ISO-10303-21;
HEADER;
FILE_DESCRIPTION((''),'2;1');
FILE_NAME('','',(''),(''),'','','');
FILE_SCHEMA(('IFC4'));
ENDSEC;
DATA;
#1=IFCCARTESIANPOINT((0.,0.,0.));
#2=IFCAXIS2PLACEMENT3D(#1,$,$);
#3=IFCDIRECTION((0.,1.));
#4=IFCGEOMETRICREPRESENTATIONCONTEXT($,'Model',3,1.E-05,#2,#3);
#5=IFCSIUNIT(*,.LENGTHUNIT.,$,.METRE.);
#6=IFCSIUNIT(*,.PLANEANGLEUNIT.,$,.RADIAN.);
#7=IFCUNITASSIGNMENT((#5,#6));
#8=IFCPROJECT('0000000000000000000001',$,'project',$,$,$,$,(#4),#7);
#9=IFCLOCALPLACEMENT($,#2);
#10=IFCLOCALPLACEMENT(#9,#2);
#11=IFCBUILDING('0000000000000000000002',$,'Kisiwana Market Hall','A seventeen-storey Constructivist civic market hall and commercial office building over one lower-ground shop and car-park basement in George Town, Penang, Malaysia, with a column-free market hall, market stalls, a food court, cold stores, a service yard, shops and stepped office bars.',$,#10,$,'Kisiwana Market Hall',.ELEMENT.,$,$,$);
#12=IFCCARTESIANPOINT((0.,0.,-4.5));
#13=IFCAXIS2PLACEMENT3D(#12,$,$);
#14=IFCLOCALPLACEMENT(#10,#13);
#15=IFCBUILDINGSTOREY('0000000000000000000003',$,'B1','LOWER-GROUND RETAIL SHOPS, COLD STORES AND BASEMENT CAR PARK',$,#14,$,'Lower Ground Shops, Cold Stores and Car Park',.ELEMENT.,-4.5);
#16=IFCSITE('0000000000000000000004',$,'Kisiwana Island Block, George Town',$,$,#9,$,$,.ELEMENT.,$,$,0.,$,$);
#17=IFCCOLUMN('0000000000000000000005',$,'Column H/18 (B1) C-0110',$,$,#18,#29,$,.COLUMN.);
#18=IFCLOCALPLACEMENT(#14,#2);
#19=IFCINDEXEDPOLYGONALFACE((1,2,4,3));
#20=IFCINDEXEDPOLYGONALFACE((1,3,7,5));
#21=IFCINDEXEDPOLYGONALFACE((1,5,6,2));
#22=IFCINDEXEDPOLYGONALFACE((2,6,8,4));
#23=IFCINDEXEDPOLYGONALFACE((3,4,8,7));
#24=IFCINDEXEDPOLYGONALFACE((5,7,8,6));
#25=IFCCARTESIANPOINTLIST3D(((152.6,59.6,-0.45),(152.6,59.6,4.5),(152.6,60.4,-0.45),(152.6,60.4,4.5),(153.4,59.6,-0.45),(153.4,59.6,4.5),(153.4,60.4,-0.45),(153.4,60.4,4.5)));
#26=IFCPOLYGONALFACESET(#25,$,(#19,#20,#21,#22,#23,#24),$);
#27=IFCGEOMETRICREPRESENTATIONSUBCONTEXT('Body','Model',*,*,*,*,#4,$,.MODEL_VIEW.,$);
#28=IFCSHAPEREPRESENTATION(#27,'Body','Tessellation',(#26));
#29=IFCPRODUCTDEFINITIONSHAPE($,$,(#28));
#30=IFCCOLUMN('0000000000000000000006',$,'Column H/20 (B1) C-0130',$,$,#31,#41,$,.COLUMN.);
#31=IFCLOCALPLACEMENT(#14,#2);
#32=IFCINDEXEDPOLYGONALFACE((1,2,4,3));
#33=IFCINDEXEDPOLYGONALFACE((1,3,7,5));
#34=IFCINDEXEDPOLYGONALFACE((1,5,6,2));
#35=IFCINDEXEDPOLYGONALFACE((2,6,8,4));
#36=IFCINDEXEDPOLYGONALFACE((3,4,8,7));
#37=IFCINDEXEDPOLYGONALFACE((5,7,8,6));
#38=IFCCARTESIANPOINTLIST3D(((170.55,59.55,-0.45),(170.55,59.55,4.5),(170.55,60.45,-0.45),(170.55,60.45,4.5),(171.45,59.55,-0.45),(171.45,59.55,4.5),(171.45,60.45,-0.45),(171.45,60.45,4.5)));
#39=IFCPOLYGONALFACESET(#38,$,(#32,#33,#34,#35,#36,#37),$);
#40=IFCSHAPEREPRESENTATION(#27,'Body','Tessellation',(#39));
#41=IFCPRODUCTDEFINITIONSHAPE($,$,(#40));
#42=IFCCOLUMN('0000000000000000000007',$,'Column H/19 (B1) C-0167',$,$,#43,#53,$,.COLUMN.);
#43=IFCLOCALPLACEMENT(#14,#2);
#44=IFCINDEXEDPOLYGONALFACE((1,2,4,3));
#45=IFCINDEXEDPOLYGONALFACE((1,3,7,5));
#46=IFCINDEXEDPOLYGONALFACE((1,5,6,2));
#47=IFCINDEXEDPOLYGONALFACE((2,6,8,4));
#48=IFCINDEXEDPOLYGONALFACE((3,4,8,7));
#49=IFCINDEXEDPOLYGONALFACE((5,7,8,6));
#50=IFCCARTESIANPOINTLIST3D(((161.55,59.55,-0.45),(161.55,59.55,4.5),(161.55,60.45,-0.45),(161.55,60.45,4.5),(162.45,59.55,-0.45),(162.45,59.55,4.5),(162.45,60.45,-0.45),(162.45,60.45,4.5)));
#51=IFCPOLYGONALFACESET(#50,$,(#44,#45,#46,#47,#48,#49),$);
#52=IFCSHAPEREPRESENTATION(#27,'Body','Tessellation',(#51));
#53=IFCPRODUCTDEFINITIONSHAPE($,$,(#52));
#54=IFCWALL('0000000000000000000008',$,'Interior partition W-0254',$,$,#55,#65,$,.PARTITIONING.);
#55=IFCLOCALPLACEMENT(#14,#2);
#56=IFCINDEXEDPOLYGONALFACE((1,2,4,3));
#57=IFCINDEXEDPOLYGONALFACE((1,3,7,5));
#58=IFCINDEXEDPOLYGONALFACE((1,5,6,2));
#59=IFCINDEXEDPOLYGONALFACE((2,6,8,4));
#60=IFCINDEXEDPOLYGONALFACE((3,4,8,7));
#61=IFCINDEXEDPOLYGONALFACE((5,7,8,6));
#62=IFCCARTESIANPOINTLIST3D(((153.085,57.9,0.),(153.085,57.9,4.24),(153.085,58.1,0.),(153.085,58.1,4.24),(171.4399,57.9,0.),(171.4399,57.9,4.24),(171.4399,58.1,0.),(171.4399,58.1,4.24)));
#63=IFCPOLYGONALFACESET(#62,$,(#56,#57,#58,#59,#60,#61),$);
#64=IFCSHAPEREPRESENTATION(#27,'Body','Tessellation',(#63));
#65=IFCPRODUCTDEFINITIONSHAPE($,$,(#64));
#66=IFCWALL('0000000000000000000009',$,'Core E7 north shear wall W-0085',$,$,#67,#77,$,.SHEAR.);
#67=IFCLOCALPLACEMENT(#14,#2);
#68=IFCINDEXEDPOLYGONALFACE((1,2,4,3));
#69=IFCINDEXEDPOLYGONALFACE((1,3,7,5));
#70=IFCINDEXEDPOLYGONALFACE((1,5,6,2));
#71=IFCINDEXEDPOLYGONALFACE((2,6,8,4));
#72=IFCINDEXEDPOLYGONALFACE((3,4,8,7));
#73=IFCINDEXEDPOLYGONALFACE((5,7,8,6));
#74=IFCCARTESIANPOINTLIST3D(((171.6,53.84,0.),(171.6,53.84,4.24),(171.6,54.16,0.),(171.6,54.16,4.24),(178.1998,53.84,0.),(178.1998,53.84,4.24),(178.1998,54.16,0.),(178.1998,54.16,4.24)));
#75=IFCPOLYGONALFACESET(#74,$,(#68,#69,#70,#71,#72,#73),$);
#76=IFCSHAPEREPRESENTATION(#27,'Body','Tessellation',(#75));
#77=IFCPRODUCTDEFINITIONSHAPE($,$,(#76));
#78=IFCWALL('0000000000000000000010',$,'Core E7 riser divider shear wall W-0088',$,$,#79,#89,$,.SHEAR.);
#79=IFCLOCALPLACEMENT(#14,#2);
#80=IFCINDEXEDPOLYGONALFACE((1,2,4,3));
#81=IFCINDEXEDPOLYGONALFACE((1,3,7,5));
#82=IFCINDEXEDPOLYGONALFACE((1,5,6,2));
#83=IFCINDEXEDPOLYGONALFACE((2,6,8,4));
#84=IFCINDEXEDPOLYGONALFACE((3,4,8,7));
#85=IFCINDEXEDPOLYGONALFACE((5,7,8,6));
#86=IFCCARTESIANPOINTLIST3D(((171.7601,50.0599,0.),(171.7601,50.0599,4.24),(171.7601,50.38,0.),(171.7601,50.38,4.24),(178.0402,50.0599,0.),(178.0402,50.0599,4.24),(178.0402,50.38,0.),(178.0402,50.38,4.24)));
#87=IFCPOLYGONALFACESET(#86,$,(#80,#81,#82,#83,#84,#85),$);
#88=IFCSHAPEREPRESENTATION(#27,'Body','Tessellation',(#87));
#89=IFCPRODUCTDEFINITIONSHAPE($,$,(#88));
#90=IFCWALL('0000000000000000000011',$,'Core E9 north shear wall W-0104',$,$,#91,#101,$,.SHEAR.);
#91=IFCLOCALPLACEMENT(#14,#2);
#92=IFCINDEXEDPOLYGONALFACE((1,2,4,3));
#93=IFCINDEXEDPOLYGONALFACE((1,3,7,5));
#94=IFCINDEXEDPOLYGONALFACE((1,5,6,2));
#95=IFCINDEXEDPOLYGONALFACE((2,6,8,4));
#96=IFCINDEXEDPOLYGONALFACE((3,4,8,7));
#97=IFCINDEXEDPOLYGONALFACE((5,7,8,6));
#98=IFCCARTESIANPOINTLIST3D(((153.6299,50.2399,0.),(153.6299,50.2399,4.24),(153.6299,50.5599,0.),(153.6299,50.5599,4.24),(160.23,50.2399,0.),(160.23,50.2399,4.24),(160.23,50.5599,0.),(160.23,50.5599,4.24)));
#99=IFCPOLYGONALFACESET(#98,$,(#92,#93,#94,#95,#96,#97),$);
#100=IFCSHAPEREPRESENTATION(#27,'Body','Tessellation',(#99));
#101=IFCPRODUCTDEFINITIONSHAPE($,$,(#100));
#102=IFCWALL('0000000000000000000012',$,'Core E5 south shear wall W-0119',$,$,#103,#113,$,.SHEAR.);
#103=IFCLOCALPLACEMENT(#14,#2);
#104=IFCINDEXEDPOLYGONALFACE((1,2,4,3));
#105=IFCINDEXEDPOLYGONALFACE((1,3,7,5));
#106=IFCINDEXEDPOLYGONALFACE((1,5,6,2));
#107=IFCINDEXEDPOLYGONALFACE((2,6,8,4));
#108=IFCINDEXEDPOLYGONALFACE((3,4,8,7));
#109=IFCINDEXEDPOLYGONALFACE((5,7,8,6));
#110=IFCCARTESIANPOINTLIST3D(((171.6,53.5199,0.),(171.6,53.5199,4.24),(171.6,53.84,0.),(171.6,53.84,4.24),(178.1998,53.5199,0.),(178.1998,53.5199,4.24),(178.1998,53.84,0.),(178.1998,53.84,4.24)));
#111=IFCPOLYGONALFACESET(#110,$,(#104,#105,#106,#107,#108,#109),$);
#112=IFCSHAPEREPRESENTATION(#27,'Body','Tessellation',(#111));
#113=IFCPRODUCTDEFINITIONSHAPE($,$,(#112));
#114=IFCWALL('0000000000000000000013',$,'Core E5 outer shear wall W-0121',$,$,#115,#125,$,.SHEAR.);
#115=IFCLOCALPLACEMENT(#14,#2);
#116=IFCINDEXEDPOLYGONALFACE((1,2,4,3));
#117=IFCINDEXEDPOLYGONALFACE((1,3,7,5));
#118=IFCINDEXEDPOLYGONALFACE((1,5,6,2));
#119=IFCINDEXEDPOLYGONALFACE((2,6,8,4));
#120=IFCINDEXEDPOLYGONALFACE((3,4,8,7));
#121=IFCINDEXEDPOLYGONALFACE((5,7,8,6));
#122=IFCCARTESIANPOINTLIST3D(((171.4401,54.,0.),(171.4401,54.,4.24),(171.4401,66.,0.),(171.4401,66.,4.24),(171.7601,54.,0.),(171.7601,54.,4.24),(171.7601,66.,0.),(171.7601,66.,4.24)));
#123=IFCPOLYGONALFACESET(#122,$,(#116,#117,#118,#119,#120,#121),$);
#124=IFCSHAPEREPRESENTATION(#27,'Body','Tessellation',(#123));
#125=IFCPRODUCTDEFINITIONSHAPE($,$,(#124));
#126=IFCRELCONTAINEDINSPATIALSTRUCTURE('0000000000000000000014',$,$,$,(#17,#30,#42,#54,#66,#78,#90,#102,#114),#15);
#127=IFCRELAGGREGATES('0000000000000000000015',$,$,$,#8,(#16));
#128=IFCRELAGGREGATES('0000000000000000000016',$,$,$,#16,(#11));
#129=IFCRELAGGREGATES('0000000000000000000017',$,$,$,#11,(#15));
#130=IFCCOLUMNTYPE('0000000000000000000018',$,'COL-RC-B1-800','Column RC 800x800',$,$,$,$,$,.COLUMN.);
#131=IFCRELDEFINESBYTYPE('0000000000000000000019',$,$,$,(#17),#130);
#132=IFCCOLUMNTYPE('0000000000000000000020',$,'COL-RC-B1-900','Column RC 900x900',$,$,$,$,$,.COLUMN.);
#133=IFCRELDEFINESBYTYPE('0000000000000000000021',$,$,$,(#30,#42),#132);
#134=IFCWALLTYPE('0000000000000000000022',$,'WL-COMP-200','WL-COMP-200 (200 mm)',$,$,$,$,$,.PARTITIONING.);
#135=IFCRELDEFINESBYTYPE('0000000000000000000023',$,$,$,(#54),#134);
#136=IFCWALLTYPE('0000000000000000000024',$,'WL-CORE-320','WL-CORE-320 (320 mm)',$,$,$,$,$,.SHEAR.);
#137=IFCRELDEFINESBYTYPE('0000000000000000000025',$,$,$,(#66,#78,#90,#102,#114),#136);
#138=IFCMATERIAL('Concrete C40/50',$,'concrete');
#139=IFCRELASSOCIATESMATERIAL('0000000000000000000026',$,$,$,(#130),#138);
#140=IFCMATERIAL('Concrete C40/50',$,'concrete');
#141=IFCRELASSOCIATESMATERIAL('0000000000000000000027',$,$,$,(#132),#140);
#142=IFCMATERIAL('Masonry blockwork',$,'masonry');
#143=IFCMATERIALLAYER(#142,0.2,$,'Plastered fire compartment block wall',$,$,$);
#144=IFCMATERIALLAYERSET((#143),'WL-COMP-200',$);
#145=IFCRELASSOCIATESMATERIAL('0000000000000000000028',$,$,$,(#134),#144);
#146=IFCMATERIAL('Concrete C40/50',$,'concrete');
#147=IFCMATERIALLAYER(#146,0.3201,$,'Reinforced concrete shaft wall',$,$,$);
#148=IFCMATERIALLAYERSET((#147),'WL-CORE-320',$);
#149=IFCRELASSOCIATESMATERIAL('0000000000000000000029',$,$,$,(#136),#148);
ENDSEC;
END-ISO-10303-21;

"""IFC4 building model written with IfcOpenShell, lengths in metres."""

from ifc_helpers import new_model, si_unit, direction, frame, frame_2d, origin, origin_2d, place, context, subcontext, project, spatial, rectangle, extrude, material, layer, layer_set, material_profile, profile_set, type_object, element, save


model = new_model("IFC4")

# Units and contexts
model_context = context("Model", 3, precision=1e-05, world=origin(), true_north=direction((0.0, 1.0)))
body_context = subcontext(model_context, "Body", "Model", "MODEL_VIEW")
ifc_project = project(units=[si_unit("LENGTHUNIT", "METRE"), si_unit("PLANEANGLEUNIT", "RADIAN")], contexts=[model_context])

# Site, building, storey
site_placement = place(None, origin())
site = spatial("IfcSite", under=ifc_project, at=site_placement, Name="Kisiwana Island Block, George Town", CompositionType="ELEMENT", RefElevation=0.0)
building_placement = place(site_placement, origin())
building = spatial("IfcBuilding", under=site, at=building_placement, Name="Kisiwana Market Hall", Description="A seventeen-storey Constructivist civic market hall and commercial office building over one lower-ground shop and car-park basement in George Town, Penang, Malaysia, with a column-free market hall, market stalls, a food court, cold stores, a service yard, shops and stepped office bars.", LongName="Kisiwana Market Hall", CompositionType="ELEMENT")
storey_placement = place(building_placement, frame((0.0, 0.0, -4.5)))
storey = spatial("IfcBuildingStorey", under=building, at=storey_placement, Name="B1", Description="LOWER-GROUND RETAIL SHOPS, COLD STORES AND BASEMENT CAR PARK", LongName="Lower Ground Shops, Cold Stores and Car Park", CompositionType="ELEMENT", Elevation=-4.5)

# Columns
ifc_material_1 = material(Name="Concrete C40/50", Category="concrete")
ifc_material_profile_1 = material_profile(ifc_material_1, rectangle(XDim=0.8, YDim=0.8, at=origin_2d()), Name="RC 800x800")
ifc_profile_set_1 = profile_set([ifc_material_profile_1], Name="Concrete C40/50")
column_type_1 = type_object("IfcColumnType", Name="COL-RC-B1-800", Description="Column RC 800x800", PredefinedType="COLUMN", material=ifc_profile_set_1)
column_placement = place(storey_placement, frame((153.0, 60.0, -0.45), z_axis=(0.0, 0.0, 1.0), x_axis=(1.0, 0.0, 0.0)))
element("IfcColumn", 1, at=column_placement, inside=storey, type_object=column_type_1, Name="Column H/18 (B1) C-0110", PredefinedType="COLUMN", context=body_context, shape_type="SweptSolid", body=[
    extrude(rectangle(XDim=0.8, YDim=0.8, at=origin_2d()), origin(), (0.0, 0.0, 1.0), 4.95),
])
ifc_material_2 = material(Name="Concrete C40/50", Category="concrete")
ifc_material_profile_2 = material_profile(ifc_material_2, rectangle(XDim=0.8999, YDim=0.8999, at=origin_2d()), Name="RC 900x900")
ifc_profile_set_2 = profile_set([ifc_material_profile_2], Name="Concrete C40/50")
column_type_2 = type_object("IfcColumnType", Name="COL-RC-B1-900", Description="Column RC 900x900", PredefinedType="COLUMN", material=ifc_profile_set_2)
for number, where, z_axis, x_axis, name in (
    (2, (171.0, 60.0, -0.45), (0.0, 0.0, 1.0), (1.0, 0.0, 0.0), "Column H/20 (B1) C-0130"),
    (3, (162.0, 60.0, -0.45), (0.0, 0.0, 1.0), (1.0, 0.0, 0.0), "Column H/19 (B1) C-0167"),
):
    element("IfcColumn", number, at=place(storey_placement, frame(where, z_axis=z_axis, x_axis=x_axis)), inside=storey, type_object=column_type_2, Name=name, PredefinedType="COLUMN", context=body_context, shape_type="SweptSolid", body=[
        extrude(rectangle(XDim=0.8999, YDim=0.8999, at=origin_2d()), origin(), (0.0, 0.0, 1.0), 4.95),
    ])

# Walls
ifc_material_3 = material(Name="Masonry blockwork", Category="masonry")
ifc_layer_1 = layer(ifc_material_3, 0.2, Name="Plastered fire compartment block wall")
ifc_layer_set_1 = layer_set([ifc_layer_1], Name="WL-COMP-200")
wall_type_1 = type_object("IfcWallType", Name="WL-COMP-200", Description="WL-COMP-200 (200 mm)", PredefinedType="PARTITIONING", material=ifc_layer_set_1)
wall_1_placement = place(storey_placement, frame((153.085, 58.0, 0.0), z_axis=(0.0, 0.0, 1.0), x_axis=(1.0, 0.0, 0.0)))
element("IfcWall", 4, at=wall_1_placement, inside=storey, type_object=wall_type_1, Name="Interior partition W-0254", PredefinedType="PARTITIONING", context=body_context, shape_type="SweptSolid", body=[
    extrude(rectangle(XDim=18.355, YDim=0.2, at=frame_2d((9.1775, 0.0))), origin(), (0.0, 0.0, 1.0), 4.24),
])
ifc_material_4 = material(Name="Concrete C40/50", Category="concrete")
ifc_layer_2 = layer(ifc_material_4, 0.3201, Name="Reinforced concrete shaft wall")
ifc_layer_set_2 = layer_set([ifc_layer_2], Name="WL-CORE-320")
wall_type_2 = type_object("IfcWallType", Name="WL-CORE-320", Description="WL-CORE-320 (320 mm)", PredefinedType="SHEAR", material=ifc_layer_set_2)
wall_2_placement = place(storey_placement, frame((171.6001, 54.0, 0.0), z_axis=(0.0, 0.0, 1.0), x_axis=(1.0, 0.0, 0.0)))
element("IfcWall", 5, at=wall_2_placement, inside=storey, type_object=wall_type_2, Name="Core E7 north shear wall W-0085", PredefinedType="SHEAR", context=body_context, shape_type="SweptSolid", body=[
    extrude(rectangle(XDim=6.5999, YDim=0.3201, at=frame_2d((3.2998, 0.0))), origin(), (0.0, 0.0, 1.0), 4.24),
])
wall_3_placement = place(storey_placement, frame((171.76, 50.22, 0.0), z_axis=(0.0, 0.0, 1.0), x_axis=(1.0, 0.0, 0.0)))
element("IfcWall", 6, at=wall_3_placement, inside=storey, type_object=wall_type_2, Name="Core E7 riser divider shear wall W-0088", PredefinedType="SHEAR", context=body_context, shape_type="SweptSolid", body=[
    extrude(rectangle(XDim=6.28, YDim=0.3201, at=frame_2d((3.1401, 0.0))), origin(), (0.0, 0.0, 1.0), 4.24),
])
wall_4_placement = place(storey_placement, frame((153.6299, 50.3999, 0.0), z_axis=(0.0, 0.0, 1.0), x_axis=(1.0, 0.0, 0.0)))
element("IfcWall", 7, at=wall_4_placement, inside=storey, type_object=wall_type_2, Name="Core E9 north shear wall W-0104", PredefinedType="SHEAR", context=body_context, shape_type="SweptSolid", body=[
    extrude(rectangle(XDim=6.6001, YDim=0.3201, at=frame_2d((3.3, 0.0))), origin(), (0.0, 0.0, 1.0), 4.24),
])
wall_5_placement = place(storey_placement, frame((171.6001, 53.6799, 0.0), z_axis=(0.0, 0.0, 1.0), x_axis=(1.0, 0.0, 0.0)))
element("IfcWall", 8, at=wall_5_placement, inside=storey, type_object=wall_type_2, Name="Core E5 south shear wall W-0119", PredefinedType="SHEAR", context=body_context, shape_type="SweptSolid", body=[
    extrude(rectangle(XDim=6.5999, YDim=0.3201, at=frame_2d((3.2998, 0.0))), origin(), (0.0, 0.0, 1.0), 4.24),
])
wall_6_placement = place(storey_placement, frame((171.6001, 54.0, 0.0), z_axis=(0.0, 0.0, 1.0), x_axis=(0.0, 1.0, 0.0)))
element("IfcWall", 9, at=wall_6_placement, inside=storey, type_object=wall_type_2, Name="Core E5 outer shear wall W-0121", PredefinedType="SHEAR", context=body_context, shape_type="SweptSolid", body=[
    extrude(rectangle(XDim=12.0, YDim=0.3201, at=frame_2d((6.0, 0.0))), origin(), (0.0, 0.0, 1.0), 4.24),
])

save(model, "model.ifc")
